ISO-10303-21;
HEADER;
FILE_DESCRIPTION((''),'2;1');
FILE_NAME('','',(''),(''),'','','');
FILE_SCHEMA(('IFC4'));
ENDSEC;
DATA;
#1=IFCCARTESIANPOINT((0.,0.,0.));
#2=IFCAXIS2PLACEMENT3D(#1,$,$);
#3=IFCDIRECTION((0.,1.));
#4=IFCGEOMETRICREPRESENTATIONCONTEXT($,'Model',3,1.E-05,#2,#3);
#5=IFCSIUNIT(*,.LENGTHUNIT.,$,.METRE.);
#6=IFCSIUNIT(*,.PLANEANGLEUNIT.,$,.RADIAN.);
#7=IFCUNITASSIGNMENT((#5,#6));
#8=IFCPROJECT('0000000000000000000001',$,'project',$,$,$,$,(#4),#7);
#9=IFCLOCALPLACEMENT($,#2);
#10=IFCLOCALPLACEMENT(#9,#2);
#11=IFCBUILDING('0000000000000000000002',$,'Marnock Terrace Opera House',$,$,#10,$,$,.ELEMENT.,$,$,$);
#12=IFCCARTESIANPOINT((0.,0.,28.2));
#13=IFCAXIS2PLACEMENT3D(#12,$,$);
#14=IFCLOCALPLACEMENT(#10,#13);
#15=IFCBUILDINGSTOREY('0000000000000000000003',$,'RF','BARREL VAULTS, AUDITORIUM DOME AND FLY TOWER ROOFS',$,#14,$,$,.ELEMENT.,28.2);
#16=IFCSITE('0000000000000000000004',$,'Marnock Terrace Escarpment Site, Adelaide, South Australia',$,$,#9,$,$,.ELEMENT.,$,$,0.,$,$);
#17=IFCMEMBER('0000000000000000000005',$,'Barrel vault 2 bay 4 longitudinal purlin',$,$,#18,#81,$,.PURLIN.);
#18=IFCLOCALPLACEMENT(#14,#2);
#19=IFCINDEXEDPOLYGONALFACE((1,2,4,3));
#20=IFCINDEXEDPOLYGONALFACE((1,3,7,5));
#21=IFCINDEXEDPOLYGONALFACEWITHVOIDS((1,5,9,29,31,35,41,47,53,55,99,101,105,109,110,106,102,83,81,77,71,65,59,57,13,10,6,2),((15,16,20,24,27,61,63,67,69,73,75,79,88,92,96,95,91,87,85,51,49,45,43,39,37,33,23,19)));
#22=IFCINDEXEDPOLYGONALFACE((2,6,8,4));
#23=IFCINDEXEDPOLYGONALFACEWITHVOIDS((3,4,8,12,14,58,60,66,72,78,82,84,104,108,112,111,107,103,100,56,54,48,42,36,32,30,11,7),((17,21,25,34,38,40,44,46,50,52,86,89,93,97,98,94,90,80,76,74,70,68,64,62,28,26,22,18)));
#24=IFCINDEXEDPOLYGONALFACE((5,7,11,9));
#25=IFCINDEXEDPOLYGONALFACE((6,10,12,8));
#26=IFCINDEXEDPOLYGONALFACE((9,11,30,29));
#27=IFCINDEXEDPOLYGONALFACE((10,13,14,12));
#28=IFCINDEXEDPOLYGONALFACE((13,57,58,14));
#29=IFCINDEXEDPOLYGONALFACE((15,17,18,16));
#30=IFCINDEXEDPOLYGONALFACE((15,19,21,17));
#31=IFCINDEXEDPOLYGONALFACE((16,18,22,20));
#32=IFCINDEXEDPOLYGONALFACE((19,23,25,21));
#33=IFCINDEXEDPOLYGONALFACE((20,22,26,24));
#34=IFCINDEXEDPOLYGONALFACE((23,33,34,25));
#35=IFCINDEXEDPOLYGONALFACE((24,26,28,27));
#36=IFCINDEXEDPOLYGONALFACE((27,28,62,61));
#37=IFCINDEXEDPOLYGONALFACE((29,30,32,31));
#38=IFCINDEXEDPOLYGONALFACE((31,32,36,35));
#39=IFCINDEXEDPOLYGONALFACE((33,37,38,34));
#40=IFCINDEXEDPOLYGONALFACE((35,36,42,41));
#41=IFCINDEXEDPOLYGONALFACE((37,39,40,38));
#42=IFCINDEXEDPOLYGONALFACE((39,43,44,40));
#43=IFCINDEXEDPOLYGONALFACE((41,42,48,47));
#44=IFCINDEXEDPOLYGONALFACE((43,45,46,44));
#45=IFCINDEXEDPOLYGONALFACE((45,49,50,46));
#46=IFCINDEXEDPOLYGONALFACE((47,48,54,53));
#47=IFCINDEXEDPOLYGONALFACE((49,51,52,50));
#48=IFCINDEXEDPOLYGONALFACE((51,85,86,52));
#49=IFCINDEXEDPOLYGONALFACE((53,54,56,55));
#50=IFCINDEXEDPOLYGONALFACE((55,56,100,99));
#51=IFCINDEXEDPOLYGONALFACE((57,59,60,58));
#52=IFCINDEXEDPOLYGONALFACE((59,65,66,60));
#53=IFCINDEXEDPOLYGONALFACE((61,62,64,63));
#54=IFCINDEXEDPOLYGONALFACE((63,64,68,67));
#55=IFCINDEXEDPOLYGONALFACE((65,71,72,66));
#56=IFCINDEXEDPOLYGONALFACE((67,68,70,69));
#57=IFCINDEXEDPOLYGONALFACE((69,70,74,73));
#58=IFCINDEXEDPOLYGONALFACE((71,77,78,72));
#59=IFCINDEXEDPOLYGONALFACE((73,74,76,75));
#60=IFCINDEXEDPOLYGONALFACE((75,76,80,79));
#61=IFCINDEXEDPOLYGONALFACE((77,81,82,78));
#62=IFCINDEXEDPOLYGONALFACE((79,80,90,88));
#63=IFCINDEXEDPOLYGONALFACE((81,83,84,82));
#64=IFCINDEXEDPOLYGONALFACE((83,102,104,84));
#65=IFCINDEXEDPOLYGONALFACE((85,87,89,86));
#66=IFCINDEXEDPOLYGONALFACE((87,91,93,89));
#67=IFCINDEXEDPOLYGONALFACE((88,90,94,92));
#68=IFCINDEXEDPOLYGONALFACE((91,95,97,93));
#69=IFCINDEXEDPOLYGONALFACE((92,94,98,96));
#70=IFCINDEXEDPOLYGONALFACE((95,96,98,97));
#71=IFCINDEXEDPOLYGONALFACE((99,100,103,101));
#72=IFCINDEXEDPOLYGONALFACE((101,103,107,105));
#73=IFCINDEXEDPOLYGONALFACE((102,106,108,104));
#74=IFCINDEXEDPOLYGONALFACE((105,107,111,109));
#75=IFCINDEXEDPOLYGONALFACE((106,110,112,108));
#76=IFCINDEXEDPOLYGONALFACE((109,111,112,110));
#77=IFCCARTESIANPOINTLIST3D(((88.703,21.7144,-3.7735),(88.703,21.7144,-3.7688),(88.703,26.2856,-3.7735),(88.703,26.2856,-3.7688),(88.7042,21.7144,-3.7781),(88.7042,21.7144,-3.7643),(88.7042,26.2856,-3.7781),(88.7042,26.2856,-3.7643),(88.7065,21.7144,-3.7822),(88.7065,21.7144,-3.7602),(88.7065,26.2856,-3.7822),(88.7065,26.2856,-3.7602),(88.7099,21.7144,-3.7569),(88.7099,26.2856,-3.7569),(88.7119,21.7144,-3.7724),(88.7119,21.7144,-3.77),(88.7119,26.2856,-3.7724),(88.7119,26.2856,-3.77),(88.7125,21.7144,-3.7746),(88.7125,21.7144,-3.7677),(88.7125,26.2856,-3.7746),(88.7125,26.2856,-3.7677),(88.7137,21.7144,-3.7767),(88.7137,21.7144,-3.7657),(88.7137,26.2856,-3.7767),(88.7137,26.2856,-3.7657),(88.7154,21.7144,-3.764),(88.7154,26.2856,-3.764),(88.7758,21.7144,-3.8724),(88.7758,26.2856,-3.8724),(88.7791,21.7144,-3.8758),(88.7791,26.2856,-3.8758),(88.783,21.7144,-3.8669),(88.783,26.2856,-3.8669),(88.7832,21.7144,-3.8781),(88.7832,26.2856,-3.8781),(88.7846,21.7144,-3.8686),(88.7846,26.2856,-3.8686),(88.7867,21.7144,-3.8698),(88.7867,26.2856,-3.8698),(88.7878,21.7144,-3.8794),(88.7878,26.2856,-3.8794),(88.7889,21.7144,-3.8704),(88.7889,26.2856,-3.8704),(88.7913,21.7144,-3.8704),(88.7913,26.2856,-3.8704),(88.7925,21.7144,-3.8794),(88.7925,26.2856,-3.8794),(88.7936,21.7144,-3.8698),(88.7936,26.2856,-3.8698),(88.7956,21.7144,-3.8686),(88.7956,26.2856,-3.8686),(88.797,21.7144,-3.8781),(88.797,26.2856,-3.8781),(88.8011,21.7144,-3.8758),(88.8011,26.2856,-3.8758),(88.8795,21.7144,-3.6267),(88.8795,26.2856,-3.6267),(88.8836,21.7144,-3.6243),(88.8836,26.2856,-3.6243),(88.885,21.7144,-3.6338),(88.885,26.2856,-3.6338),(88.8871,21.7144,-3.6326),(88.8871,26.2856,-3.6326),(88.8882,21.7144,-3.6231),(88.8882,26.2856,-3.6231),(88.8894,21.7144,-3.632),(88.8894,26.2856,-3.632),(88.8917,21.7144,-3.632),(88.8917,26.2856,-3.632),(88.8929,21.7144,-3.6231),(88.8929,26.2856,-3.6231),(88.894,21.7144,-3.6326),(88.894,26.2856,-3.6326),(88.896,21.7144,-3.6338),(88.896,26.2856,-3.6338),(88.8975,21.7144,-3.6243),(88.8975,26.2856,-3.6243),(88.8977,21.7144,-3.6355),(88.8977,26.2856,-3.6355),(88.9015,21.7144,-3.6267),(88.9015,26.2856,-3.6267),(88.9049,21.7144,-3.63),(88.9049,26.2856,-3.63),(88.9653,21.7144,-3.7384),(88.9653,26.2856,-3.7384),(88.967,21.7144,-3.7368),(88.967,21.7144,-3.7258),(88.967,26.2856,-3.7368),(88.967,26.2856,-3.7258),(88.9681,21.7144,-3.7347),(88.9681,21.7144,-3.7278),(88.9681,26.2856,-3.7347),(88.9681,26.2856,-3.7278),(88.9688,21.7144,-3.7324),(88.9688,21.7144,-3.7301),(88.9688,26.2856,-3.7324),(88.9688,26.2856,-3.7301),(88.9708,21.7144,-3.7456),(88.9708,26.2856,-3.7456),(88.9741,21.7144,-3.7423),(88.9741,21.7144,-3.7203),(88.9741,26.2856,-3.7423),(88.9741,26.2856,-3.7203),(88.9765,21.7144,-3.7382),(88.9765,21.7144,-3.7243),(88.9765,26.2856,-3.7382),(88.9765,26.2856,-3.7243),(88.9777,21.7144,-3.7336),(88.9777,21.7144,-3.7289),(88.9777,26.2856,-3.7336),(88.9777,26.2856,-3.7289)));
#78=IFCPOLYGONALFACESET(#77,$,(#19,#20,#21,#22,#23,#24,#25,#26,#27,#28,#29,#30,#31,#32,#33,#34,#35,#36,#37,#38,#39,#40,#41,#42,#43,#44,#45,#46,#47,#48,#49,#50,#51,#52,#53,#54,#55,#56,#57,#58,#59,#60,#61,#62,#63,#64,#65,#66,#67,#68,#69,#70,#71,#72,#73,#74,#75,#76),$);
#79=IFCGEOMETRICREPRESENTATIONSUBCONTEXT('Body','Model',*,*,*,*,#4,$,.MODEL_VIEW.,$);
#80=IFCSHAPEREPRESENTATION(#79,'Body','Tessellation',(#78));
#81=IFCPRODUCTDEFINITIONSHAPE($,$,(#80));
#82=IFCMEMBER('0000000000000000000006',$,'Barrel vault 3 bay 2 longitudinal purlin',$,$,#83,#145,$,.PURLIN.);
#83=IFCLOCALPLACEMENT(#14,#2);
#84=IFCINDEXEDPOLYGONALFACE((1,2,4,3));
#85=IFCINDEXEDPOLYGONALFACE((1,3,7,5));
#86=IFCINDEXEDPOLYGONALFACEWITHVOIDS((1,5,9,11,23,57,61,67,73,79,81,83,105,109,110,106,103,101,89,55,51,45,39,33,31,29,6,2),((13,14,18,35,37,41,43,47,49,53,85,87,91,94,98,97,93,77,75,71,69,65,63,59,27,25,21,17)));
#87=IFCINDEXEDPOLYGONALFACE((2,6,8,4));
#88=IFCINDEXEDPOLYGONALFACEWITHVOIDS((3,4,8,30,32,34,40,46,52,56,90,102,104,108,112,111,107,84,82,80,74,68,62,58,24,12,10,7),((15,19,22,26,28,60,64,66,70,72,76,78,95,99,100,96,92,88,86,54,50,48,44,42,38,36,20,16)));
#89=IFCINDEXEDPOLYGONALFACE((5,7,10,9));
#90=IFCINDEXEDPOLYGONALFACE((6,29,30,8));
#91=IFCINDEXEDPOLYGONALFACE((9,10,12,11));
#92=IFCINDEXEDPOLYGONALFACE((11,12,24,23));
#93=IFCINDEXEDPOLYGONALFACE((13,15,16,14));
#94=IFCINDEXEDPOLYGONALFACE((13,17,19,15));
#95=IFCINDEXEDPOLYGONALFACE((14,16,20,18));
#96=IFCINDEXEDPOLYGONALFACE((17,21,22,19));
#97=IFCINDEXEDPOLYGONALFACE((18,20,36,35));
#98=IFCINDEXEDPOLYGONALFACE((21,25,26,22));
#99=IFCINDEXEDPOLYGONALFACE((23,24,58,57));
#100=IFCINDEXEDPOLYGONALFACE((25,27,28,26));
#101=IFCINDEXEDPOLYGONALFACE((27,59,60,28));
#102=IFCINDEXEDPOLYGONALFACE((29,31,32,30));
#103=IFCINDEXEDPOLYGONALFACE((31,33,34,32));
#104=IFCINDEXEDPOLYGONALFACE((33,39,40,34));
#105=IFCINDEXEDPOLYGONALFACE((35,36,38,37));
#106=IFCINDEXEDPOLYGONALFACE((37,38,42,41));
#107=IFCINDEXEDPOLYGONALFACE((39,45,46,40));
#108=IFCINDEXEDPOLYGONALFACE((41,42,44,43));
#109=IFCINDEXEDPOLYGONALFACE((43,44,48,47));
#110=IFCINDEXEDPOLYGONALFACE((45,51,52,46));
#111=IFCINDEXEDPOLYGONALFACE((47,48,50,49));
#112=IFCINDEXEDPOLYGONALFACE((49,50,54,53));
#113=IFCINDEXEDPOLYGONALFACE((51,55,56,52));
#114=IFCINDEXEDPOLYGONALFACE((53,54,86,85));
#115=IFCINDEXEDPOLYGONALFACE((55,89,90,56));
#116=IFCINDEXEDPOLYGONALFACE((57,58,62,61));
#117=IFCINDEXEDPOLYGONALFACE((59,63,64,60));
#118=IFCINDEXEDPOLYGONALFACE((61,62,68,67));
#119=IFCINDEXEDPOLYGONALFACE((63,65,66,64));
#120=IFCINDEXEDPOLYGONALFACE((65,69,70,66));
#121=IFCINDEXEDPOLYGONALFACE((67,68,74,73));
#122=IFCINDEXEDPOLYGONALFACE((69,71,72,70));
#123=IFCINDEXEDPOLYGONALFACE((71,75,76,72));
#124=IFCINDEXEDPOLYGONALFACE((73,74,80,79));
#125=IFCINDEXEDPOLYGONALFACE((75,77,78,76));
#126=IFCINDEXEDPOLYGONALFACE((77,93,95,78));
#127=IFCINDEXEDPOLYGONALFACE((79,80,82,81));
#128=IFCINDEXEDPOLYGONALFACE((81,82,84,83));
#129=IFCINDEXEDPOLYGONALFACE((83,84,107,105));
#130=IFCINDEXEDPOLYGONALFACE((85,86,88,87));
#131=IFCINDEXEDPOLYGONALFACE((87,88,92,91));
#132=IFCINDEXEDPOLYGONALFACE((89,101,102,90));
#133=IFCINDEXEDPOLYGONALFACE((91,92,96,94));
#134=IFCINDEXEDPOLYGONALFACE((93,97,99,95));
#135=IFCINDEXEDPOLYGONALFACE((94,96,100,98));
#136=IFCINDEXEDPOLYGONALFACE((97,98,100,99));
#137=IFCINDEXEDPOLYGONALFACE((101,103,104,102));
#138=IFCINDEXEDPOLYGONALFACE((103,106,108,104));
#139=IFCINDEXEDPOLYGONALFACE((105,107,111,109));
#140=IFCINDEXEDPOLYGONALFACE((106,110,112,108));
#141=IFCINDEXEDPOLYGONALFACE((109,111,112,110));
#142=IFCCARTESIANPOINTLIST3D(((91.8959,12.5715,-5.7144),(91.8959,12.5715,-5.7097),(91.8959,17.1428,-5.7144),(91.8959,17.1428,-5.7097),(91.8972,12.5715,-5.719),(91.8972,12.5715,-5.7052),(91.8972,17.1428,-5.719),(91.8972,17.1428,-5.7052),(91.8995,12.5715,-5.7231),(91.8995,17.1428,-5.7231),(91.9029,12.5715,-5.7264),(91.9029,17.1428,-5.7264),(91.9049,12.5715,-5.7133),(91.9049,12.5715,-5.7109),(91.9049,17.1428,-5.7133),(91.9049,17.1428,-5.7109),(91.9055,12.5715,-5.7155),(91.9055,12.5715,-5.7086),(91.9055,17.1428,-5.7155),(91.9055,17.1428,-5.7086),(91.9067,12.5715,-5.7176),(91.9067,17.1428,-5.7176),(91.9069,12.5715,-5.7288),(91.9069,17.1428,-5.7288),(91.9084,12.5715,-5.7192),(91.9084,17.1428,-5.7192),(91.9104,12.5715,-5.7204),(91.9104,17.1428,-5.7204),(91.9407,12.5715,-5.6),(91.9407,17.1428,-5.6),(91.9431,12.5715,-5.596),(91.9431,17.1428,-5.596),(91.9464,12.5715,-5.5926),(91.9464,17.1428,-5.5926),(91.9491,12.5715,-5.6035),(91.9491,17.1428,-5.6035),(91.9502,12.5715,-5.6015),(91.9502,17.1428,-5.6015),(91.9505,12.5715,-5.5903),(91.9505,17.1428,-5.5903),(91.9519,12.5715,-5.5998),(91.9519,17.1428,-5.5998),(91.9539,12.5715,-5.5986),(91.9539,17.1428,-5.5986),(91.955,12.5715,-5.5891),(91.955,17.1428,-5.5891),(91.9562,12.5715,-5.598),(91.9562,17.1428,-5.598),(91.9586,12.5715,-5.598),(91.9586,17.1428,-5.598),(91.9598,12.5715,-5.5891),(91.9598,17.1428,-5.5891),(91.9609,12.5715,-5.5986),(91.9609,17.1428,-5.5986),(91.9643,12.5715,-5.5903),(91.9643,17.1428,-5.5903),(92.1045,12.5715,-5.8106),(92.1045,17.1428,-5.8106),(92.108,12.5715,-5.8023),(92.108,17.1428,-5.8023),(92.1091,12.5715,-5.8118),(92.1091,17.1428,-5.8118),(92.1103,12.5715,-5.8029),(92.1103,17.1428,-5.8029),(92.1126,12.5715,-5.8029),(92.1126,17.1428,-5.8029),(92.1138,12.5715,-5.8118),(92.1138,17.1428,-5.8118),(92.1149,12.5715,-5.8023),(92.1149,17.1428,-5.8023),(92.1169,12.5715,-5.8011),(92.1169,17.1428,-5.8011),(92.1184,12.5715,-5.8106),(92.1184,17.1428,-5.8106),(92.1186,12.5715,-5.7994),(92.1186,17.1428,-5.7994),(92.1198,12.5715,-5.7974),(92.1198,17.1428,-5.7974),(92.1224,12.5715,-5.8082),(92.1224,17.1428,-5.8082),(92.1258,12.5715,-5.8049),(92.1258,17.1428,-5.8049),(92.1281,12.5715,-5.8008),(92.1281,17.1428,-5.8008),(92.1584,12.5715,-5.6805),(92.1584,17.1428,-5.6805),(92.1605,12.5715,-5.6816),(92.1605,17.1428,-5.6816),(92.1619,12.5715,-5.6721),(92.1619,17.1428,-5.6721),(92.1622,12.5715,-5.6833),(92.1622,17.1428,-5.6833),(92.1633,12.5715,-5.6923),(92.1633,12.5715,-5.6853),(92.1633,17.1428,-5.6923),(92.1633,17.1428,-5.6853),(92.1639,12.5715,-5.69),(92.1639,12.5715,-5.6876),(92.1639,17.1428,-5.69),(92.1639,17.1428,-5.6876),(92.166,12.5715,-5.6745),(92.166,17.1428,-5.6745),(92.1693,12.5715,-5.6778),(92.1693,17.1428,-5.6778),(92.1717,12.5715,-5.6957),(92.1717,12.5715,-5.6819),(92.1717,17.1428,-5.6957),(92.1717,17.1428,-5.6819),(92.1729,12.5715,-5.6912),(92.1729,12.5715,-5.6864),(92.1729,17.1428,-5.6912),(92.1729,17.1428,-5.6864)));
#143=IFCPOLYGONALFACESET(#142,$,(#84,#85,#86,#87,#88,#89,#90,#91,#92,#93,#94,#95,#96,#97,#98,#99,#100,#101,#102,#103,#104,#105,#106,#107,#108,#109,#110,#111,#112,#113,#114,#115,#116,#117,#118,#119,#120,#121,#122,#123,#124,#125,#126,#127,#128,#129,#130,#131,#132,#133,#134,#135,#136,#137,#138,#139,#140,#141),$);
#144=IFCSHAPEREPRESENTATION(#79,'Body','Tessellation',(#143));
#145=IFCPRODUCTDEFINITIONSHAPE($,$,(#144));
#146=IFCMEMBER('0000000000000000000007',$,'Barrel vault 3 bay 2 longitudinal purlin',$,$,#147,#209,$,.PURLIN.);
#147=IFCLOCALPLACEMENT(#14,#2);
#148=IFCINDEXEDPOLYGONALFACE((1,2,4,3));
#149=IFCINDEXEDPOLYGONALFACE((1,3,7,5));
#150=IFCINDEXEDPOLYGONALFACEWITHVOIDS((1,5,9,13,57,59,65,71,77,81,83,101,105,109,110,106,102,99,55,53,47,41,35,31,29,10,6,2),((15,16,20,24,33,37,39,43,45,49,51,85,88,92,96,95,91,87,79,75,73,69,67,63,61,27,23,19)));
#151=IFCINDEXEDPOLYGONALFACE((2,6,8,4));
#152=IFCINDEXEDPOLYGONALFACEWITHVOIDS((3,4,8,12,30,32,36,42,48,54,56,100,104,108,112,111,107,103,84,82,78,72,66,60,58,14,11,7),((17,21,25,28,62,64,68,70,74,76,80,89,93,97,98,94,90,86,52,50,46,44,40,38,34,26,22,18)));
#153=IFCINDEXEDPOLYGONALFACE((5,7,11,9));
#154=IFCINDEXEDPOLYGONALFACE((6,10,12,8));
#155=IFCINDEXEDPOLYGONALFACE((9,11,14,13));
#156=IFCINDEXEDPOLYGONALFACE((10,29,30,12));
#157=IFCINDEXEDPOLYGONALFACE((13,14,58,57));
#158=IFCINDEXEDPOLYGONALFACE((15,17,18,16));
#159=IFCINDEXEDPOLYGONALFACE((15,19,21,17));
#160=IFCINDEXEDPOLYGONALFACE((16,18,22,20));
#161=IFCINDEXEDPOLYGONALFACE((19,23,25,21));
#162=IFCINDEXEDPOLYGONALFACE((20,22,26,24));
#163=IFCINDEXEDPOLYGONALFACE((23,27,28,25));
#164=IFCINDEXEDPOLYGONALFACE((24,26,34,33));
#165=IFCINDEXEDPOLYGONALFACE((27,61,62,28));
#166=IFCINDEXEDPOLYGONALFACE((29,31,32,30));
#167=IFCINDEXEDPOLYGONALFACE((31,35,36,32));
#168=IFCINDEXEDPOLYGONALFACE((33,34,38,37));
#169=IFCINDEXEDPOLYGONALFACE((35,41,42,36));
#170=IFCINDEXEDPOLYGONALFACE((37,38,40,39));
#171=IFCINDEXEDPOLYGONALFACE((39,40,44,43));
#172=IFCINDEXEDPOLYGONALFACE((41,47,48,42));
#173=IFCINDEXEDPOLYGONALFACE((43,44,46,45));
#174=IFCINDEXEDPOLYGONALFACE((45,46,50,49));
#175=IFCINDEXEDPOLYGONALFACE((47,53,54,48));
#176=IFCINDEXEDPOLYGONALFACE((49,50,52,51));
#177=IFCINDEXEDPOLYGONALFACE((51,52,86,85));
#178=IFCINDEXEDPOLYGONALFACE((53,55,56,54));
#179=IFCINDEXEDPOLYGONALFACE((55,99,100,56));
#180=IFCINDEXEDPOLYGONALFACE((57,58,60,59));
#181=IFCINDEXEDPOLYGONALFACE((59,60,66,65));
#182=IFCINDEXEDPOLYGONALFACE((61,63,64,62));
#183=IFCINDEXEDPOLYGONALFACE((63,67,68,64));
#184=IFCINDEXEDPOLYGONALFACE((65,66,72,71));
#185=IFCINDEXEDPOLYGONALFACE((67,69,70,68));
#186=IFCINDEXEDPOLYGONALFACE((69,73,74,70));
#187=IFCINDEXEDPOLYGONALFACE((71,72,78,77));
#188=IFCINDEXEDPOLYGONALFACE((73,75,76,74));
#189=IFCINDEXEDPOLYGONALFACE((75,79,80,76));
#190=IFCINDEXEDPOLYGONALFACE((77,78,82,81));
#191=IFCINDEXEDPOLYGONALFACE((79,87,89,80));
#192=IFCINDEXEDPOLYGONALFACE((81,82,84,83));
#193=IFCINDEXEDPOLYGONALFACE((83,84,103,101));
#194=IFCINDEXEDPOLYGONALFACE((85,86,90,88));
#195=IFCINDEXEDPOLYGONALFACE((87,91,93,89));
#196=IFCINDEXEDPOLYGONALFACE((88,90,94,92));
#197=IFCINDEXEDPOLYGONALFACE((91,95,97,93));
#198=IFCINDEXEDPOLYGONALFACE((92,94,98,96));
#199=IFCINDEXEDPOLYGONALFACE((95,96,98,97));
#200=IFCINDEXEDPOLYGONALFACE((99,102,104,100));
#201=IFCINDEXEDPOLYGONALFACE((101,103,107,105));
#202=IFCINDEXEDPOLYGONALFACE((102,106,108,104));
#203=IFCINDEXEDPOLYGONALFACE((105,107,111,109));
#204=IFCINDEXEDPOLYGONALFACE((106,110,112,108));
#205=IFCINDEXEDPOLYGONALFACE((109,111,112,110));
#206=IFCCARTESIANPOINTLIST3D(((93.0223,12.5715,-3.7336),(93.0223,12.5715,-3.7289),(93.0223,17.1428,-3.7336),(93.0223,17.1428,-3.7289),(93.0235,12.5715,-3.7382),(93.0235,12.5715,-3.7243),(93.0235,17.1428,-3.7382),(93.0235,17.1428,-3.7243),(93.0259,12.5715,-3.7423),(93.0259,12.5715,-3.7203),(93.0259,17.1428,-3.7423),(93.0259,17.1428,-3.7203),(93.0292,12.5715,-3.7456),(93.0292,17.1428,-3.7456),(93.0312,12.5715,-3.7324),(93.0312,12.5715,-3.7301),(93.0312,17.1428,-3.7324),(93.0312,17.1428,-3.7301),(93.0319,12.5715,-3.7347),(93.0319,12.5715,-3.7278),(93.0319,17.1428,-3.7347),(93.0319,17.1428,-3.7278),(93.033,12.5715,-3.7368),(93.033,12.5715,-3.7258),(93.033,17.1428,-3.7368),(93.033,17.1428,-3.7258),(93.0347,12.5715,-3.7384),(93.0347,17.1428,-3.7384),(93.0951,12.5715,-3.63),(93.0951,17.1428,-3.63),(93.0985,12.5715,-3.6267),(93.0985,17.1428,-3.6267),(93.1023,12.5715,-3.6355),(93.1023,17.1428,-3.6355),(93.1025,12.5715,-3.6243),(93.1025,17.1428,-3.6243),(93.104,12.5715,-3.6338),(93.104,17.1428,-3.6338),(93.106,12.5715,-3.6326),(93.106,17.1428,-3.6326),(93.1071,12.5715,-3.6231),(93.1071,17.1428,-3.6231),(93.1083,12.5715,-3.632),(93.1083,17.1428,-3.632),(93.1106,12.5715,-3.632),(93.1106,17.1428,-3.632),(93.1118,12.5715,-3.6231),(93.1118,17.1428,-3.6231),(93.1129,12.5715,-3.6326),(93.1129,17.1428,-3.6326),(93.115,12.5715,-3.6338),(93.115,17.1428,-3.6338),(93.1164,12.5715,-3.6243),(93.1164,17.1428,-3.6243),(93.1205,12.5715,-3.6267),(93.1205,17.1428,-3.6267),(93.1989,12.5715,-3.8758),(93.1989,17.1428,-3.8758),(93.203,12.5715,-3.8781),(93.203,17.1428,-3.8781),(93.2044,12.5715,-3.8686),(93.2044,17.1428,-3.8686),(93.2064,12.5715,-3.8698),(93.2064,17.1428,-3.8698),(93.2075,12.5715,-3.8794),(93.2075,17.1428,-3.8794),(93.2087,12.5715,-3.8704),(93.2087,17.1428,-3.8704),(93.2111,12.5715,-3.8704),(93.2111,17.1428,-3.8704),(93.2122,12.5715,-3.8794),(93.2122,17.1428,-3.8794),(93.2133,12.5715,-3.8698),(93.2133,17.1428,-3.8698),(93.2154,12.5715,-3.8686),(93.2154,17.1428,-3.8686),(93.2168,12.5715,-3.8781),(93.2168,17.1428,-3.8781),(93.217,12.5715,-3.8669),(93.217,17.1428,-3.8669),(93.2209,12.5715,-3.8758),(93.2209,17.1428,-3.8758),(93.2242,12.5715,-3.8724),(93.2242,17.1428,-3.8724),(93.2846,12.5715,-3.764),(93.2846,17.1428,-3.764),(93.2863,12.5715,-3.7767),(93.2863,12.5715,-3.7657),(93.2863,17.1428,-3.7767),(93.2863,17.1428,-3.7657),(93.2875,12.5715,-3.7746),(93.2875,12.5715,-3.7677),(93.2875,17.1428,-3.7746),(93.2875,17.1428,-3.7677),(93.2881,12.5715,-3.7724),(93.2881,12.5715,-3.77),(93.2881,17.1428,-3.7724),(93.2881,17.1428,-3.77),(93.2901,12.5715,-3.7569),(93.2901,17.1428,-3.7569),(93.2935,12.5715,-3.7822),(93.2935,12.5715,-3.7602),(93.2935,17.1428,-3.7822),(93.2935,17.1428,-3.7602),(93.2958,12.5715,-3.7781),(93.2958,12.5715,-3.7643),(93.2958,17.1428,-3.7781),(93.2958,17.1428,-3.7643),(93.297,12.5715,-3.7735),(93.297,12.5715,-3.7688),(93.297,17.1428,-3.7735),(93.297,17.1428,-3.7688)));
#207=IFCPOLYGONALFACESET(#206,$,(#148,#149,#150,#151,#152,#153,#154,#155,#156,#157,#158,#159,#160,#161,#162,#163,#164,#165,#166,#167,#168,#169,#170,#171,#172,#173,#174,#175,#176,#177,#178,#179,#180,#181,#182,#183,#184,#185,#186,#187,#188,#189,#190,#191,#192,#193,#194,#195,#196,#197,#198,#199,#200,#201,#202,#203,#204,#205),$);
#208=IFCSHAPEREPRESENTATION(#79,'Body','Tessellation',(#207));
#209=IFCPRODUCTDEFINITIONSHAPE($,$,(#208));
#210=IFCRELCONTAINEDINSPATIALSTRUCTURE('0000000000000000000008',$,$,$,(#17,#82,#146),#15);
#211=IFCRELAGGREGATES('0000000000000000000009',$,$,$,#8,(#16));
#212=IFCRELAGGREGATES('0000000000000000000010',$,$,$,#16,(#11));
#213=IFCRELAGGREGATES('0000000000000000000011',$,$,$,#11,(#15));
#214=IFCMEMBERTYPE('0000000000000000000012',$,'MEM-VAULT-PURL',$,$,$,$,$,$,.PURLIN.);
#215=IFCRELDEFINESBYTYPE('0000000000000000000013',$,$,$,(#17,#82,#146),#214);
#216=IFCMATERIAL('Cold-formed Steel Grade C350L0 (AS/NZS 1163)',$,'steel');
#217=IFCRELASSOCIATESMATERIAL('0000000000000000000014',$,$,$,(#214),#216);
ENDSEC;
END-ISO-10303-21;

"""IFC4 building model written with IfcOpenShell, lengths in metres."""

from ifc_helpers import new_model, si_unit, direction, frame, origin, origin_2d, place, context, subcontext, project, spatial, hollow_rectangle, extrude, material, material_profile, profile_set, type_object, element, save


model = new_model("IFC4")

# Units and contexts
model_context = context("Model", 3, precision=1e-05, world=origin(), true_north=direction((0.0, 1.0)))
body_context = subcontext(model_context, "Body", "Model", "MODEL_VIEW")
ifc_project = project(units=[si_unit("LENGTHUNIT", "METRE"), si_unit("PLANEANGLEUNIT", "RADIAN")], contexts=[model_context])

# Site, building, storey
site_placement = place(None, origin())
site = spatial("IfcSite", under=ifc_project, at=site_placement, Name="Marnock Terrace Escarpment Site, Adelaide, South Australia", CompositionType="ELEMENT", RefElevation=0.0)
building_placement = place(site_placement, origin())
building = spatial("IfcBuilding", under=site, at=building_placement, Name="Marnock Terrace Opera House", CompositionType="ELEMENT")
storey_placement = place(building_placement, frame((0.0, 0.0, 28.2)))
storey = spatial("IfcBuildingStorey", under=building, at=storey_placement, Name="RF", Description="BARREL VAULTS, AUDITORIUM DOME AND FLY TOWER ROOFS", CompositionType="ELEMENT", Elevation=28.2)

# Members
ifc_material = material(Name="Cold-formed Steel Grade C350L0 (AS/NZS 1163)", Category="steel")
ifc_material_profile_1 = material_profile(ifc_material, hollow_rectangle(XDim=0.1499, YDim=0.25, WallThickness=0.009, InnerFilletRadius=0.009, OuterFilletRadius=0.0181, at=origin_2d()))
ifc_profile_set_1 = profile_set([ifc_material_profile_1], Name="Cold-formed Steel Grade C350L0 (AS/NZS 1163)")
member_type_1 = type_object("IfcMemberType", Name="MEM-VAULT-PURL", PredefinedType="PURLIN", material=ifc_profile_set_1)
for number, where, z_axis, x_axis, name in (
    (1, (88.8403, 21.7144, -3.7512), (0.0, 1.0, 0.0), (-0.608761, 0.0, 0.793353), "Barrel vault 2 bay 4 longitudinal purlin"),
    (2, (92.0344, 12.5715, -5.7004), (0.0, 1.0, 0.0), (-0.382683, 0.0, -0.92388), "Barrel vault 3 bay 2 longitudinal purlin"),
    (3, (93.1597, 12.5715, -3.7512), (0.0, 1.0, 0.0), (-0.608761, 0.0, -0.793353), "Barrel vault 3 bay 2 longitudinal purlin"),
):
    element("IfcMember", number, at=place(storey_placement, frame(where, z_axis=z_axis, x_axis=x_axis)), inside=storey, type_object=member_type_1, Name=name, PredefinedType="PURLIN", context=body_context, shape_type="SweptSolid", body=[
        extrude(hollow_rectangle(XDim=0.1499, YDim=0.25, WallThickness=0.009, InnerFilletRadius=0.009, OuterFilletRadius=0.0181, at=origin_2d()), origin(), (0.0, 0.0, 1.0), 4.5713),
    ])

save(model, "model.ifc")
